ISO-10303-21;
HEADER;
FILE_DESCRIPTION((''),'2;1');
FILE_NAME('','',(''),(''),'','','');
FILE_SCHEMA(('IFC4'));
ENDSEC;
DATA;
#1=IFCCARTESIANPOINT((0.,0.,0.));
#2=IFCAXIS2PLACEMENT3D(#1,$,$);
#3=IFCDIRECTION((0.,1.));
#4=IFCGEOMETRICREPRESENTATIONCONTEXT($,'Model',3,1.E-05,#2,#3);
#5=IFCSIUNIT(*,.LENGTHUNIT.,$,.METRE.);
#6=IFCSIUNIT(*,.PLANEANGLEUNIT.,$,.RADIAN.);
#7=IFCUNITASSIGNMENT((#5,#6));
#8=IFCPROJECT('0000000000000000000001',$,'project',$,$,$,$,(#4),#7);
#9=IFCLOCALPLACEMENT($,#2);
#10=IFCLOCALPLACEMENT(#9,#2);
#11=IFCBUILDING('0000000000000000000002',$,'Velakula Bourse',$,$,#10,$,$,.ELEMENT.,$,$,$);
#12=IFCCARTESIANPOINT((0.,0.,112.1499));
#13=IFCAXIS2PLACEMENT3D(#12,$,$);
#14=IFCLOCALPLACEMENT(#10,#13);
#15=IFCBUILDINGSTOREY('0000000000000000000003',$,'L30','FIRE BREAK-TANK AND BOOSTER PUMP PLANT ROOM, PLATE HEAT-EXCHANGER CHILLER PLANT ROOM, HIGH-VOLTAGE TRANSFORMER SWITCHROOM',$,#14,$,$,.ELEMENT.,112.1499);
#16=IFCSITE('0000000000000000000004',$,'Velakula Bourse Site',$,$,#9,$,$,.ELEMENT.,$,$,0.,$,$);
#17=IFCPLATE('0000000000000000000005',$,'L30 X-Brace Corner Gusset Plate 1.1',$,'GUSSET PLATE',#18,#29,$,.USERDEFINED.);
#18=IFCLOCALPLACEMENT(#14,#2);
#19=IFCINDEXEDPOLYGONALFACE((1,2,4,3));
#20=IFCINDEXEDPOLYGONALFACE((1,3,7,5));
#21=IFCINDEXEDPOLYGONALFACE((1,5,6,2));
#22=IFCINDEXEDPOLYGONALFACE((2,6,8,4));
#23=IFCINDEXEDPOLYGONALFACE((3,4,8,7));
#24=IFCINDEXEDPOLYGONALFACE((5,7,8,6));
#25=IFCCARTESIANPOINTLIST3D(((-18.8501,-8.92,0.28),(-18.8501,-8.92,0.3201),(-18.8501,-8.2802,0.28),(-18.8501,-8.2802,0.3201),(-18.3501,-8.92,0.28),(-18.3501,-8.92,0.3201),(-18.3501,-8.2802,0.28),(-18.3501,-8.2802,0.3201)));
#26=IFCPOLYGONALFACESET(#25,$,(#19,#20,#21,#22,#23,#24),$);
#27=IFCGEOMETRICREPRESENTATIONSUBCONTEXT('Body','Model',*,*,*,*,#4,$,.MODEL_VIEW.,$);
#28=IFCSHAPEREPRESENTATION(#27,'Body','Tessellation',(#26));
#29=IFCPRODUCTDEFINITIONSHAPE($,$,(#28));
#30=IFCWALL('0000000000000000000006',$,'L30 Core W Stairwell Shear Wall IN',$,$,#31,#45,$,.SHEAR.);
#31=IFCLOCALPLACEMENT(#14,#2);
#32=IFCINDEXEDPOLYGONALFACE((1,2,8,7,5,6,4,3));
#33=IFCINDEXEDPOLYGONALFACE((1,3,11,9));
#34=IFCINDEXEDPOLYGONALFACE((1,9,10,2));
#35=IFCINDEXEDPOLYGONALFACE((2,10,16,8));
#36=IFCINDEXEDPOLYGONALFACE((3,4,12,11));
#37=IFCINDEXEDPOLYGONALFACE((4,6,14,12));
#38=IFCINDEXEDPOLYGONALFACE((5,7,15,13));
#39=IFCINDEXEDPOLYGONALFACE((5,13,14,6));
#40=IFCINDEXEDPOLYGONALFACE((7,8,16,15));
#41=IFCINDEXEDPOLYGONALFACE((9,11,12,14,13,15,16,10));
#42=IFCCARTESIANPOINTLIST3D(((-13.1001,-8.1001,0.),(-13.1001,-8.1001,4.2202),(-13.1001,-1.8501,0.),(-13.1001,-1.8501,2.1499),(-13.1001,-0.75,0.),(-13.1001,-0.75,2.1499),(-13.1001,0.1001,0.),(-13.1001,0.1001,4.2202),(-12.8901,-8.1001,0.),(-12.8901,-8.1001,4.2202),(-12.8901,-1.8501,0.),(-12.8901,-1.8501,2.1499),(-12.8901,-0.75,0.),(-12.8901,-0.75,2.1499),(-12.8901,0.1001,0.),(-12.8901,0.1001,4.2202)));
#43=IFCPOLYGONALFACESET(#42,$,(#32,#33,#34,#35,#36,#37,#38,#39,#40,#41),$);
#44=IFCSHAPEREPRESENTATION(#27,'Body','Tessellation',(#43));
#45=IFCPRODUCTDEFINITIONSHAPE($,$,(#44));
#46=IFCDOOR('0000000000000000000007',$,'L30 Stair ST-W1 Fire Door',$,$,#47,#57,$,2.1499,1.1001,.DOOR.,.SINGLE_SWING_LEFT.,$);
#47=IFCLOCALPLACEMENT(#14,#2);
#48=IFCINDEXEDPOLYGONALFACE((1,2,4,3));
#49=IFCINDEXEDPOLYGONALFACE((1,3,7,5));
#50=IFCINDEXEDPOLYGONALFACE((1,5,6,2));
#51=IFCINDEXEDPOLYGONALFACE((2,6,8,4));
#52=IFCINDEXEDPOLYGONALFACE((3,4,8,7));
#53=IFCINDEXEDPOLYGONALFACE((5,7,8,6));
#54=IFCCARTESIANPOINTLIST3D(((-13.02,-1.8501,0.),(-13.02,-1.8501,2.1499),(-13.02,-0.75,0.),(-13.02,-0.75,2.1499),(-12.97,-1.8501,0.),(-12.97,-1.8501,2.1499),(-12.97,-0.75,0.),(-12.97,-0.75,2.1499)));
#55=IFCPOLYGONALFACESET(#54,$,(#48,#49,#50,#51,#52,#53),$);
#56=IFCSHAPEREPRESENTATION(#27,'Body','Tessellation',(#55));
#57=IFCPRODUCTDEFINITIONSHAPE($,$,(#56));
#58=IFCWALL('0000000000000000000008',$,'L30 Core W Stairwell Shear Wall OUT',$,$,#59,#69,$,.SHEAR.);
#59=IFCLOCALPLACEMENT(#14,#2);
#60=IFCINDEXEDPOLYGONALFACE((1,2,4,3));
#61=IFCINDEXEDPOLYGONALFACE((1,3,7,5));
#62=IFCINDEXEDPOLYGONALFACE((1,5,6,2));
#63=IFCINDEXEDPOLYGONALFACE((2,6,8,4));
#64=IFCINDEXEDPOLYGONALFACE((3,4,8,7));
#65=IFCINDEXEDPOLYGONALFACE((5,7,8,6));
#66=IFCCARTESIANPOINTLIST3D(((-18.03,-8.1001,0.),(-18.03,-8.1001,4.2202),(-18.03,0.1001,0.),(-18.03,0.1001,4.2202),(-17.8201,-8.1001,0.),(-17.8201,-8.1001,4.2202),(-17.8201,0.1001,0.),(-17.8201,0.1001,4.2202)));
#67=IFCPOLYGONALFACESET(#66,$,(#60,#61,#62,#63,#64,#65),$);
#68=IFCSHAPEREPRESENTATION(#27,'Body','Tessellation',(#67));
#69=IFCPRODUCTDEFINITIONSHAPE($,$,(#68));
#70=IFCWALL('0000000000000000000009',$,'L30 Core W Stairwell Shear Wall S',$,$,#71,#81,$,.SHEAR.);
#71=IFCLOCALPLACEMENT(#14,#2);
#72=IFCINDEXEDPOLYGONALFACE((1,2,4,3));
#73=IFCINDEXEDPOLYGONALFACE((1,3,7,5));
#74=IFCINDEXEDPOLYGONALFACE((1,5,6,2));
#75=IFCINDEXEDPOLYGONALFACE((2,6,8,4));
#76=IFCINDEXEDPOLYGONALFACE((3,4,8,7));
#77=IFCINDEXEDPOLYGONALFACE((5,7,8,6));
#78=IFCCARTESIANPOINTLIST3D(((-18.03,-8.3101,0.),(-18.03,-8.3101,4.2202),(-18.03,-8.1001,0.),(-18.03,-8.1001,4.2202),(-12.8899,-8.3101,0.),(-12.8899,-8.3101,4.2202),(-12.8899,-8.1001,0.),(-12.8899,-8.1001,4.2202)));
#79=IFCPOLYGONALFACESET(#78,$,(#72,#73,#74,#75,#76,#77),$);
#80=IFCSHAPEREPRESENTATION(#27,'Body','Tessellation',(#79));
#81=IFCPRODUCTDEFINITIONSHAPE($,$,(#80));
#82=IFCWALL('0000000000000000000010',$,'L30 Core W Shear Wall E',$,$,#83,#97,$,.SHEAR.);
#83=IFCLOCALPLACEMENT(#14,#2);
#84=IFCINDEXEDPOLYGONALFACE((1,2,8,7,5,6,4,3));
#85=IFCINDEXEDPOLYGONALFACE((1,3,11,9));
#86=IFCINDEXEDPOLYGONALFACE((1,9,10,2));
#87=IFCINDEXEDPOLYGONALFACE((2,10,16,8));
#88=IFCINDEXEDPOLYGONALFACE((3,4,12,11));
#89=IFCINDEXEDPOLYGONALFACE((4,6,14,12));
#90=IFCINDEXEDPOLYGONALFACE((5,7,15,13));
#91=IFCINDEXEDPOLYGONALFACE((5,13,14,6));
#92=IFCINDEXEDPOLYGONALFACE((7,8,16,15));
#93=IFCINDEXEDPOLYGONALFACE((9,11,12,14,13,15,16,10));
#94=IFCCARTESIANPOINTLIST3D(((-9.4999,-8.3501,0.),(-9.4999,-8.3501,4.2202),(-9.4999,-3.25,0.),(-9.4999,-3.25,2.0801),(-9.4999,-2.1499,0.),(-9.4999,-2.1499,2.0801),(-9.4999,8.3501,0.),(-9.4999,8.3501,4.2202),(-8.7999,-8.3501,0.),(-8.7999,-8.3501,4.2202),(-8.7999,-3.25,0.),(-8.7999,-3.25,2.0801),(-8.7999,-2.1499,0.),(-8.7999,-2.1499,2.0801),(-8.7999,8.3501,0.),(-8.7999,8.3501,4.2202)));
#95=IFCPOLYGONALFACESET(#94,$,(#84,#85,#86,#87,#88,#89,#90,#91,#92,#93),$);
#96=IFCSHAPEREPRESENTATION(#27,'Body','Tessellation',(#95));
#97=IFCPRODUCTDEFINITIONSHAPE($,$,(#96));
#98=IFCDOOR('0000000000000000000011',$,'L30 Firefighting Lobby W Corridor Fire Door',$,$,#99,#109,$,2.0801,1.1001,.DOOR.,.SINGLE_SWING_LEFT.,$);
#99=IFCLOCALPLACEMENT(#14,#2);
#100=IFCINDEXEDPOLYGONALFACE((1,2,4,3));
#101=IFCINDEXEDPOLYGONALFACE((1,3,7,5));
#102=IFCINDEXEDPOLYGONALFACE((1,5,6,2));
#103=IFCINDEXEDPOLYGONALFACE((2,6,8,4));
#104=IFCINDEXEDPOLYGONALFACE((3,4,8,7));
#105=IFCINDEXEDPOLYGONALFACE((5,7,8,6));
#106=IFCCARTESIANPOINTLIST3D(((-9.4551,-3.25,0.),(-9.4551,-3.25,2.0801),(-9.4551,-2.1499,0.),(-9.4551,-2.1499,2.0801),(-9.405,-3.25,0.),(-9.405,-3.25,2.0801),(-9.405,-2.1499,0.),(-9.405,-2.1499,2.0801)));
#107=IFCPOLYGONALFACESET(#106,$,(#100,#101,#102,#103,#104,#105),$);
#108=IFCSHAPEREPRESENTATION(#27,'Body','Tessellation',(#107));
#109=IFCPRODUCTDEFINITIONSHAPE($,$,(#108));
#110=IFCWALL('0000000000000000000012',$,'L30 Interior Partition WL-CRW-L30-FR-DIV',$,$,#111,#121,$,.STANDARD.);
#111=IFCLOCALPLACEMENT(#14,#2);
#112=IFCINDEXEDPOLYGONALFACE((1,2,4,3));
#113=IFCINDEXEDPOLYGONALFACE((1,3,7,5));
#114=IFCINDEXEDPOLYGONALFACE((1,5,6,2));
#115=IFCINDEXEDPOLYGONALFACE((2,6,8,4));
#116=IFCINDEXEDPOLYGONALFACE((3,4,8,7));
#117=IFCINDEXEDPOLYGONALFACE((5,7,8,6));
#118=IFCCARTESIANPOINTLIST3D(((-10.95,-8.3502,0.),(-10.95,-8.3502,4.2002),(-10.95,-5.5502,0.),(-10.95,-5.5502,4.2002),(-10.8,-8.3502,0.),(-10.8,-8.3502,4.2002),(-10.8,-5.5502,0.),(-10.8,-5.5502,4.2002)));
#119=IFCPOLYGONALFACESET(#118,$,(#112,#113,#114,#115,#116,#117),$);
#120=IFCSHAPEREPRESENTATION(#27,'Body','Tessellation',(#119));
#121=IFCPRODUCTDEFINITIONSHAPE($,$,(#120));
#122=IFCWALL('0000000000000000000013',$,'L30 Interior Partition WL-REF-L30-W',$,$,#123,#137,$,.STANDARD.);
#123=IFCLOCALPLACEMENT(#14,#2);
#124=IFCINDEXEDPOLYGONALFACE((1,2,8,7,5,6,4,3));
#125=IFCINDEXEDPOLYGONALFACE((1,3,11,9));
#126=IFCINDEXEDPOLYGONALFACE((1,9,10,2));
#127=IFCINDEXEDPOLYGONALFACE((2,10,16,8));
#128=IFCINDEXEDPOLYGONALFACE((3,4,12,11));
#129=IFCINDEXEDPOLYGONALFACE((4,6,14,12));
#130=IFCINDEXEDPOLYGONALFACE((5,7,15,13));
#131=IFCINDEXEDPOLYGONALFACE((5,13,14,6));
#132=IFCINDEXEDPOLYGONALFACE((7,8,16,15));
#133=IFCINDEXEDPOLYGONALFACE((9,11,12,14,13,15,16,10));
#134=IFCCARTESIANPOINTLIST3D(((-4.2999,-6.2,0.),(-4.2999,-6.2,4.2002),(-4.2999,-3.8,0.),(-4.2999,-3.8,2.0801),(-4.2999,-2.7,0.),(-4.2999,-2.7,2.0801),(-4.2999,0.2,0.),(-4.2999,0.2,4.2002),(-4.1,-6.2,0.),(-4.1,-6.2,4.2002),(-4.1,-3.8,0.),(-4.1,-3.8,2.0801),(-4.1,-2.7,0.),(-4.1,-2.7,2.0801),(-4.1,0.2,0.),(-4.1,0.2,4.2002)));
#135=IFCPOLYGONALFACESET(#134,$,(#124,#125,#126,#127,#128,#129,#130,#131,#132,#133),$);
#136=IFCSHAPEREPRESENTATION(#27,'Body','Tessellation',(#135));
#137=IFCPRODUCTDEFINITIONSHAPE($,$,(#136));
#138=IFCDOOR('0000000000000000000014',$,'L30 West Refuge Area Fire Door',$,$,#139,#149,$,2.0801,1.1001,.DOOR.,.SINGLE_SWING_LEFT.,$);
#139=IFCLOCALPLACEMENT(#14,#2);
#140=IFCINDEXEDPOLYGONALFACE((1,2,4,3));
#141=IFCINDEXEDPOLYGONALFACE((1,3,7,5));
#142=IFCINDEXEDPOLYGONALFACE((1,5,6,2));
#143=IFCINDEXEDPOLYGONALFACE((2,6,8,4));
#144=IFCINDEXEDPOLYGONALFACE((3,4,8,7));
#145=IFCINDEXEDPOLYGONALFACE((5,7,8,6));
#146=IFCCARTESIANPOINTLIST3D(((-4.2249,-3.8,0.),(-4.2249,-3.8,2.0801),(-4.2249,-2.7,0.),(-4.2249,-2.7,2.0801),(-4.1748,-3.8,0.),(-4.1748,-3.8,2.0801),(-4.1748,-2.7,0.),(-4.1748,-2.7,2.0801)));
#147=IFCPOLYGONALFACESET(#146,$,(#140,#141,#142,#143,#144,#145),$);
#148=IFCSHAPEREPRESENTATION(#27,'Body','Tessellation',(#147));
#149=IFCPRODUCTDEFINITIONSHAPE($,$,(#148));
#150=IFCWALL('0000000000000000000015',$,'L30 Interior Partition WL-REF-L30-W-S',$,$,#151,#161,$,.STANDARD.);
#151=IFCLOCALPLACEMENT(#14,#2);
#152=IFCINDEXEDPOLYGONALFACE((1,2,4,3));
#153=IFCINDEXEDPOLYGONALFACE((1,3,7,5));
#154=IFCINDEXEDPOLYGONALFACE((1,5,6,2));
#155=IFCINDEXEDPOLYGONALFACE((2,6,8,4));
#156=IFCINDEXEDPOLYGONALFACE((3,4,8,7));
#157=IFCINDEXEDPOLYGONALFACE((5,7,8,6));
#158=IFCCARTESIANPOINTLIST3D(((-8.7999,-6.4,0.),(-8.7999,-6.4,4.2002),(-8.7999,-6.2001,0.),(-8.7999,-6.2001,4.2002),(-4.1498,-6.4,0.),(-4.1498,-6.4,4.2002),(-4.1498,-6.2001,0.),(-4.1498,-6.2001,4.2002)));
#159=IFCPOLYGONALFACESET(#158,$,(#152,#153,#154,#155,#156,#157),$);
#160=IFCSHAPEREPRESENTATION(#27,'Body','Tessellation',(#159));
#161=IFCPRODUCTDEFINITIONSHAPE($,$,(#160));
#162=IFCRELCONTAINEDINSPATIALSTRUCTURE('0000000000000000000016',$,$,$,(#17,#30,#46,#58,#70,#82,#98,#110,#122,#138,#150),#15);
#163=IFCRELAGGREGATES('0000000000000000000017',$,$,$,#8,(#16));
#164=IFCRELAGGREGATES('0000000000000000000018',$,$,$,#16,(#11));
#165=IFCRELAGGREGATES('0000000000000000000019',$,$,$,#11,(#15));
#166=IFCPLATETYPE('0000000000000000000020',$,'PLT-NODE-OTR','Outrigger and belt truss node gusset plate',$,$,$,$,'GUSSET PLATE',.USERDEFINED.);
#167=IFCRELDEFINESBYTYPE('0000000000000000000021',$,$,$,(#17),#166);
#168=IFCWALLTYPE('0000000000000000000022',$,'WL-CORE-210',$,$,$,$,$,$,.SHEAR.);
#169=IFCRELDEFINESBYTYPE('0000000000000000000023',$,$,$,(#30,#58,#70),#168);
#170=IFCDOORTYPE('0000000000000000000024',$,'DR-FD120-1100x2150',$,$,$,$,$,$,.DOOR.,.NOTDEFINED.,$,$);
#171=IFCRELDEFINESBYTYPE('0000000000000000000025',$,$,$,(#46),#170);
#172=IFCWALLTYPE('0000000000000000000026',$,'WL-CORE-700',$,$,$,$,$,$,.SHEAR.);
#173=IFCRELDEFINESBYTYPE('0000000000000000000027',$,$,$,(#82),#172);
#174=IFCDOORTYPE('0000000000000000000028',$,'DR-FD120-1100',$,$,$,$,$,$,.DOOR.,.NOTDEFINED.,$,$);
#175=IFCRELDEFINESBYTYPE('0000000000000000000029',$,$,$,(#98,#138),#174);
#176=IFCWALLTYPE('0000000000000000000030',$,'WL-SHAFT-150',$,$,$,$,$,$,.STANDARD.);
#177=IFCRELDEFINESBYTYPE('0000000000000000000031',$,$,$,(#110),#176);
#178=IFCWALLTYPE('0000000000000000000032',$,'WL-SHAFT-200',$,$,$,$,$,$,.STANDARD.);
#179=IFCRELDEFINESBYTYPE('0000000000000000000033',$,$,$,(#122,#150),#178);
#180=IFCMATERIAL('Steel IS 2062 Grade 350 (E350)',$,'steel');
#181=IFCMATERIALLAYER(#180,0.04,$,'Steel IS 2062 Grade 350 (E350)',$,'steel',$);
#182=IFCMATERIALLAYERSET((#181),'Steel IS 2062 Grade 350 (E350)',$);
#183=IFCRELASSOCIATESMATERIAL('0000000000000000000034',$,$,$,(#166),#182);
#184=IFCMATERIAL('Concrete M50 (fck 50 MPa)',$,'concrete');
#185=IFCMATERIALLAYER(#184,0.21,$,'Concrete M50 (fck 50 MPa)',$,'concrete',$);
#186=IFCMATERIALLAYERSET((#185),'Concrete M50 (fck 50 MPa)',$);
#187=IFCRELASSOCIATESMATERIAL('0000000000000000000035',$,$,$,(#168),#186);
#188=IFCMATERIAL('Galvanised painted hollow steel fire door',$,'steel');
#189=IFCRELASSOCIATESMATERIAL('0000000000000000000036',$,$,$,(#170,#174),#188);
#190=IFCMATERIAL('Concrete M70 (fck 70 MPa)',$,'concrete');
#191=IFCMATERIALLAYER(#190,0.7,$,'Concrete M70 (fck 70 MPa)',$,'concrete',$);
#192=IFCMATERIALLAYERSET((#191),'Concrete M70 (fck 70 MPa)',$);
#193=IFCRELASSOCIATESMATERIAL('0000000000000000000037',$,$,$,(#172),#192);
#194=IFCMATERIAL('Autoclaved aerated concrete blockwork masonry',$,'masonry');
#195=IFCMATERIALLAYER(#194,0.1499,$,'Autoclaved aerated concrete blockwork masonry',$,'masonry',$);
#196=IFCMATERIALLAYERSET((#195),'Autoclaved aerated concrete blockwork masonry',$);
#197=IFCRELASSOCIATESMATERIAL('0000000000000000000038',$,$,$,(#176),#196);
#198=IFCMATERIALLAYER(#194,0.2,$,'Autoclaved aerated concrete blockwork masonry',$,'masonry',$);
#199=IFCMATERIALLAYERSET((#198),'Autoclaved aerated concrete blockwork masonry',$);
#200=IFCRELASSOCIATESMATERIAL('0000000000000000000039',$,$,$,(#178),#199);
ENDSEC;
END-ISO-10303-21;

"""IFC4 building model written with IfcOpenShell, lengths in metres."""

from ifc_helpers import new_model, si_unit, direction, frame, frame_2d, origin, origin_2d, place, context, subcontext, project, spatial, rectangle, extrude, material, layer, layer_set, type_object, element, fill, save


model = new_model("IFC4")

# Units and contexts
model_context = context("Model", 3, precision=1e-05, world=origin(), true_north=direction((0.0, 1.0)))
body_context = subcontext(model_context, "Body", "Model", "MODEL_VIEW")
ifc_project = project(units=[si_unit("LENGTHUNIT", "METRE"), si_unit("PLANEANGLEUNIT", "RADIAN")], contexts=[model_context])

# Site, building, storey
site_placement = place(None, origin())
site = spatial("IfcSite", under=ifc_project, at=site_placement, Name="Velakula Bourse Site", CompositionType="ELEMENT", RefElevation=0.0)
building_placement = place(site_placement, origin())
building = spatial("IfcBuilding", under=site, at=building_placement, Name="Velakula Bourse", CompositionType="ELEMENT")
storey_placement = place(building_placement, frame((0.0, 0.0, 112.1499)))
storey = spatial("IfcBuildingStorey", under=building, at=storey_placement, Name="L30", Description="FIRE BREAK-TANK AND BOOSTER PUMP PLANT ROOM, PLATE HEAT-EXCHANGER CHILLER PLANT ROOM, HIGH-VOLTAGE TRANSFORMER SWITCHROOM", CompositionType="ELEMENT", Elevation=112.1499)

# Shared definitions
ifc_material_1 = material(Name="Concrete M70 (fck 70 MPa)", Category="concrete")

# Shared definitions
ifc_material_2 = material(Name="Steel IS 2062 Grade 350 (E350)", Category="steel")

# Plate
ifc_layer_1 = layer(ifc_material_2, 0.04, Name="Steel IS 2062 Grade 350 (E350)", Category="steel")
ifc_layer_set_1 = layer_set([ifc_layer_1], Name="Steel IS 2062 Grade 350 (E350)")
plate_type_1 = type_object("IfcPlateType", Name="PLT-NODE-OTR", Description="Outrigger and belt truss node gusset plate", ElementType="GUSSET PLATE", PredefinedType="USERDEFINED", material=ifc_layer_set_1)
plate_1_placement = place(storey_placement, frame((-18.6001, -8.6001, 0.28), z_axis=(0.0, 0.0, 1.0), x_axis=(0.0, -1.0, 0.0)))
element("IfcPlate", 1, at=plate_1_placement, inside=storey, type_object=plate_type_1, Name="L30 X-Brace Corner Gusset Plate 1.1", ObjectType="GUSSET PLATE", PredefinedType="USERDEFINED", context=body_context, shape_type="SweptSolid", body=[
    extrude(rectangle(XDim=0.6399, YDim=0.5, at=origin_2d()), origin(), (0.0, 0.0, 1.0), 0.04),
])

# Wall, opening, door
ifc_material_3 = material(Name="Concrete M50 (fck 50 MPa)", Category="concrete")
ifc_layer_2 = layer(ifc_material_3, 0.21, Name="Concrete M50 (fck 50 MPa)", Category="concrete")
ifc_layer_set_2 = layer_set([ifc_layer_2], Name="Concrete M50 (fck 50 MPa)")
wall_type_1 = type_object("IfcWallType", Name="WL-CORE-210", PredefinedType="SHEAR", material=ifc_layer_set_2)
wall_1_placement = place(storey_placement, frame((-12.9951, -8.1001, 0.0), z_axis=(0.0, 0.0, 1.0), x_axis=(0.0, 1.0, 0.0)))
wall_1 = element("IfcWall", 2, at=wall_1_placement, inside=storey, type_object=wall_type_1, Name="L30 Core W Stairwell Shear Wall IN", PredefinedType="SHEAR", context=body_context, shape_type="SweptSolid", body=[
    extrude(rectangle(XDim=8.2002, YDim=0.21, at=frame_2d((4.1001, 0.0))), origin(), (0.0, 0.0, 1.0), 4.2202),
])
opening_1_placement = place(wall_1_placement, frame((6.25, 0.0, 0.0)))
opening_1 = element("IfcOpeningElement", 3, at=opening_1_placement, cuts=wall_1, PredefinedType="OPENING", context=body_context, shape_type="SweptSolid", body=[
    extrude(rectangle(XDim=1.1001, YDim=2.1499, at=frame_2d((0.55, 1.075))), frame((0.0, 0.115, 0.0), z_axis=(0.0, -1.0, 0.0), x_axis=(1.0, 0.0, 0.0)), (0.0, 0.0, 1.0), 0.23),
])
ifc_material_4 = material(Name="Galvanised painted hollow steel fire door", Category="steel")
door_type_1 = type_object("IfcDoorType", Name="DR-FD120-1100x2150", OperationType="NOTDEFINED", PredefinedType="DOOR", material=ifc_material_4)
door_1_placement = place(opening_1_placement, origin())
door_1 = element("IfcDoor", 4, at=door_1_placement, inside=storey, type_object=door_type_1, Name="L30 Stair ST-W1 Fire Door", OperationType="SINGLE_SWING_LEFT", OverallHeight=2.1499, OverallWidth=1.1001, PredefinedType="DOOR", context=body_context, shape_type="SweptSolid", body=[
    extrude(rectangle(XDim=1.1001, YDim=2.1499, at=frame_2d((0.55, 1.075))), frame((0.0, 0.0249, 0.0), z_axis=(0.0, -1.0, 0.0), x_axis=(1.0, 0.0, 0.0)), (0.0, 0.0, 1.0), 0.05),
])
fill(opening_1, door_1)

# Walls
wall_2_placement = place(storey_placement, frame((-17.925, -8.1001, 0.0), z_axis=(0.0, 0.0, 1.0), x_axis=(0.0, 1.0, 0.0)))
element("IfcWall", 5, at=wall_2_placement, inside=storey, type_object=wall_type_1, Name="L30 Core W Stairwell Shear Wall OUT", PredefinedType="SHEAR", context=body_context, shape_type="SweptSolid", body=[
    extrude(rectangle(XDim=8.2002, YDim=0.21, at=frame_2d((4.1001, 0.0))), origin(), (0.0, 0.0, 1.0), 4.2202),
])
wall_3_placement = place(storey_placement, frame((-18.03, -8.2051, 0.0), z_axis=(0.0, 0.0, 1.0), x_axis=(1.0, 0.0, 0.0)))
element("IfcWall", 6, at=wall_3_placement, inside=storey, type_object=wall_type_1, Name="L30 Core W Stairwell Shear Wall S", PredefinedType="SHEAR", context=body_context, shape_type="SweptSolid", body=[
    extrude(rectangle(XDim=5.1401, YDim=0.21, at=frame_2d((2.5701, 0.0))), origin(), (0.0, 0.0, 1.0), 4.2202),
])

# Wall, opening, door
ifc_layer_3 = layer(ifc_material_1, 0.7, Name="Concrete M70 (fck 70 MPa)", Category="concrete")
ifc_layer_set_3 = layer_set([ifc_layer_3], Name="Concrete M70 (fck 70 MPa)")
wall_type_2 = type_object("IfcWallType", Name="WL-CORE-700", PredefinedType="SHEAR", material=ifc_layer_set_3)
wall_4_placement = place(storey_placement, frame((-9.1499, -8.3501, 0.0), z_axis=(0.0, 0.0, 1.0), x_axis=(0.0, 1.0, 0.0)))
wall_4 = element("IfcWall", 7, at=wall_4_placement, inside=storey, type_object=wall_type_2, Name="L30 Core W Shear Wall E", PredefinedType="SHEAR", context=body_context, shape_type="SweptSolid", body=[
    extrude(rectangle(XDim=16.7002, YDim=0.7, at=frame_2d((8.3501, 0.0))), origin(), (0.0, 0.0, 1.0), 4.2202),
])
opening_2_placement = place(wall_4_placement, frame((5.1001, 0.0, 0.0)))
opening_2 = element("IfcOpeningElement", 8, at=opening_2_placement, cuts=wall_4, PredefinedType="OPENING", context=body_context, shape_type="SweptSolid", body=[
    extrude(rectangle(XDim=1.1001, YDim=2.0801, at=frame_2d((0.55, 1.04))), frame((0.0, 0.3599, 0.0), z_axis=(0.0, -1.0, 0.0), x_axis=(1.0, 0.0, 0.0)), (0.0, 0.0, 1.0), 0.72),
])
door_type_2 = type_object("IfcDoorType", Name="DR-FD120-1100", OperationType="NOTDEFINED", PredefinedType="DOOR", material=ifc_material_4)
door_2_placement = place(opening_2_placement, origin())
door_2 = element("IfcDoor", 9, at=door_2_placement, inside=storey, type_object=door_type_2, Name="L30 Firefighting Lobby W Corridor Fire Door", OperationType="SINGLE_SWING_LEFT", OverallHeight=2.0801, OverallWidth=1.1001, PredefinedType="DOOR", context=body_context, shape_type="SweptSolid", body=[
    extrude(rectangle(XDim=1.1001, YDim=2.0801, at=frame_2d((0.55, 1.04))), frame((0.0, 0.3052, 0.0), z_axis=(0.0, -1.0, 0.0), x_axis=(1.0, 0.0, 0.0)), (0.0, 0.0, 1.0), 0.05),
])
fill(opening_2, door_2)

# Shared definitions
ifc_material_5 = material(Name="Autoclaved aerated concrete blockwork masonry", Category="masonry")
ifc_layer_4 = layer(ifc_material_5, 0.1499, Name="Autoclaved aerated concrete blockwork masonry", Category="masonry")
ifc_layer_set_4 = layer_set([ifc_layer_4], Name="Autoclaved aerated concrete blockwork masonry")
wall_type_3 = type_object("IfcWallType", Name="WL-SHAFT-150", PredefinedType="STANDARD", material=ifc_layer_set_4)

# Wall
wall_5_placement = place(storey_placement, frame((-10.875, -8.3501, 0.0), z_axis=(0.0, 0.0, 1.0), x_axis=(0.0, 1.0, 0.0)))
element("IfcWall", 10, at=wall_5_placement, inside=storey, type_object=wall_type_3, Name="L30 Interior Partition WL-CRW-L30-FR-DIV", PredefinedType="STANDARD", context=body_context, shape_type="SweptSolid", body=[
    extrude(rectangle(XDim=2.8, YDim=0.1499, at=frame_2d((1.3999, 0.0))), origin(), (0.0, 0.0, 1.0), 4.2002),
])

# Wall, opening, door
ifc_layer_5 = layer(ifc_material_5, 0.2, Name="Autoclaved aerated concrete blockwork masonry", Category="masonry")
ifc_layer_set_5 = layer_set([ifc_layer_5], Name="Autoclaved aerated concrete blockwork masonry")
wall_type_4 = type_object("IfcWallType", Name="WL-SHAFT-200", PredefinedType="STANDARD", material=ifc_layer_set_5)
wall_6_placement = place(storey_placement, frame((-4.2, -6.2, 0.0), z_axis=(0.0, 0.0, 1.0), x_axis=(0.0, 1.0, 0.0)))
wall_6 = element("IfcWall", 11, at=wall_6_placement, inside=storey, type_object=wall_type_4, Name="L30 Interior Partition WL-REF-L30-W", PredefinedType="STANDARD", context=body_context, shape_type="SweptSolid", body=[
    extrude(rectangle(XDim=6.3999, YDim=0.2, at=frame_2d((3.2, 0.0))), origin(), (0.0, 0.0, 1.0), 4.2002),
])
opening_3_placement = place(wall_6_placement, frame((2.3999, 0.0, 0.0)))
opening_3 = element("IfcOpeningElement", 12, at=opening_3_placement, cuts=wall_6, PredefinedType="OPENING", context=body_context, shape_type="SweptSolid", body=[
    extrude(rectangle(XDim=1.1001, YDim=2.0801, at=frame_2d((0.55, 1.04))), frame((0.0, 0.1099, 0.0), z_axis=(0.0, -1.0, 0.0), x_axis=(1.0, 0.0, 0.0)), (0.0, 0.0, 1.0), 0.22),
])
door_3_placement = place(opening_3_placement, origin())
door_3 = element("IfcDoor", 13, at=door_3_placement, inside=storey, type_object=door_type_2, Name="L30 West Refuge Area Fire Door", OperationType="SINGLE_SWING_LEFT", OverallHeight=2.0801, OverallWidth=1.1001, PredefinedType="DOOR", context=body_context, shape_type="SweptSolid", body=[
    extrude(rectangle(XDim=1.1001, YDim=2.0801, at=frame_2d((0.55, 1.04))), frame((0.0, 0.0249, 0.0), z_axis=(0.0, -1.0, 0.0), x_axis=(1.0, 0.0, 0.0)), (0.0, 0.0, 1.0), 0.05),
])
fill(opening_3, door_3)

# Wall
wall_7_placement = place(storey_placement, frame((-8.8, -6.3, 0.0), z_axis=(0.0, 0.0, 1.0), x_axis=(1.0, 0.0, 0.0)))
element("IfcWall", 14, at=wall_7_placement, inside=storey, type_object=wall_type_4, Name="L30 Interior Partition WL-REF-L30-W-S", PredefinedType="STANDARD", context=body_context, shape_type="SweptSolid", body=[
    extrude(rectangle(XDim=4.6501, YDim=0.2, at=frame_2d((2.3252, 0.0))), origin(), (0.0, 0.0, 1.0), 4.2002),
])

save(model, "model.ifc")
